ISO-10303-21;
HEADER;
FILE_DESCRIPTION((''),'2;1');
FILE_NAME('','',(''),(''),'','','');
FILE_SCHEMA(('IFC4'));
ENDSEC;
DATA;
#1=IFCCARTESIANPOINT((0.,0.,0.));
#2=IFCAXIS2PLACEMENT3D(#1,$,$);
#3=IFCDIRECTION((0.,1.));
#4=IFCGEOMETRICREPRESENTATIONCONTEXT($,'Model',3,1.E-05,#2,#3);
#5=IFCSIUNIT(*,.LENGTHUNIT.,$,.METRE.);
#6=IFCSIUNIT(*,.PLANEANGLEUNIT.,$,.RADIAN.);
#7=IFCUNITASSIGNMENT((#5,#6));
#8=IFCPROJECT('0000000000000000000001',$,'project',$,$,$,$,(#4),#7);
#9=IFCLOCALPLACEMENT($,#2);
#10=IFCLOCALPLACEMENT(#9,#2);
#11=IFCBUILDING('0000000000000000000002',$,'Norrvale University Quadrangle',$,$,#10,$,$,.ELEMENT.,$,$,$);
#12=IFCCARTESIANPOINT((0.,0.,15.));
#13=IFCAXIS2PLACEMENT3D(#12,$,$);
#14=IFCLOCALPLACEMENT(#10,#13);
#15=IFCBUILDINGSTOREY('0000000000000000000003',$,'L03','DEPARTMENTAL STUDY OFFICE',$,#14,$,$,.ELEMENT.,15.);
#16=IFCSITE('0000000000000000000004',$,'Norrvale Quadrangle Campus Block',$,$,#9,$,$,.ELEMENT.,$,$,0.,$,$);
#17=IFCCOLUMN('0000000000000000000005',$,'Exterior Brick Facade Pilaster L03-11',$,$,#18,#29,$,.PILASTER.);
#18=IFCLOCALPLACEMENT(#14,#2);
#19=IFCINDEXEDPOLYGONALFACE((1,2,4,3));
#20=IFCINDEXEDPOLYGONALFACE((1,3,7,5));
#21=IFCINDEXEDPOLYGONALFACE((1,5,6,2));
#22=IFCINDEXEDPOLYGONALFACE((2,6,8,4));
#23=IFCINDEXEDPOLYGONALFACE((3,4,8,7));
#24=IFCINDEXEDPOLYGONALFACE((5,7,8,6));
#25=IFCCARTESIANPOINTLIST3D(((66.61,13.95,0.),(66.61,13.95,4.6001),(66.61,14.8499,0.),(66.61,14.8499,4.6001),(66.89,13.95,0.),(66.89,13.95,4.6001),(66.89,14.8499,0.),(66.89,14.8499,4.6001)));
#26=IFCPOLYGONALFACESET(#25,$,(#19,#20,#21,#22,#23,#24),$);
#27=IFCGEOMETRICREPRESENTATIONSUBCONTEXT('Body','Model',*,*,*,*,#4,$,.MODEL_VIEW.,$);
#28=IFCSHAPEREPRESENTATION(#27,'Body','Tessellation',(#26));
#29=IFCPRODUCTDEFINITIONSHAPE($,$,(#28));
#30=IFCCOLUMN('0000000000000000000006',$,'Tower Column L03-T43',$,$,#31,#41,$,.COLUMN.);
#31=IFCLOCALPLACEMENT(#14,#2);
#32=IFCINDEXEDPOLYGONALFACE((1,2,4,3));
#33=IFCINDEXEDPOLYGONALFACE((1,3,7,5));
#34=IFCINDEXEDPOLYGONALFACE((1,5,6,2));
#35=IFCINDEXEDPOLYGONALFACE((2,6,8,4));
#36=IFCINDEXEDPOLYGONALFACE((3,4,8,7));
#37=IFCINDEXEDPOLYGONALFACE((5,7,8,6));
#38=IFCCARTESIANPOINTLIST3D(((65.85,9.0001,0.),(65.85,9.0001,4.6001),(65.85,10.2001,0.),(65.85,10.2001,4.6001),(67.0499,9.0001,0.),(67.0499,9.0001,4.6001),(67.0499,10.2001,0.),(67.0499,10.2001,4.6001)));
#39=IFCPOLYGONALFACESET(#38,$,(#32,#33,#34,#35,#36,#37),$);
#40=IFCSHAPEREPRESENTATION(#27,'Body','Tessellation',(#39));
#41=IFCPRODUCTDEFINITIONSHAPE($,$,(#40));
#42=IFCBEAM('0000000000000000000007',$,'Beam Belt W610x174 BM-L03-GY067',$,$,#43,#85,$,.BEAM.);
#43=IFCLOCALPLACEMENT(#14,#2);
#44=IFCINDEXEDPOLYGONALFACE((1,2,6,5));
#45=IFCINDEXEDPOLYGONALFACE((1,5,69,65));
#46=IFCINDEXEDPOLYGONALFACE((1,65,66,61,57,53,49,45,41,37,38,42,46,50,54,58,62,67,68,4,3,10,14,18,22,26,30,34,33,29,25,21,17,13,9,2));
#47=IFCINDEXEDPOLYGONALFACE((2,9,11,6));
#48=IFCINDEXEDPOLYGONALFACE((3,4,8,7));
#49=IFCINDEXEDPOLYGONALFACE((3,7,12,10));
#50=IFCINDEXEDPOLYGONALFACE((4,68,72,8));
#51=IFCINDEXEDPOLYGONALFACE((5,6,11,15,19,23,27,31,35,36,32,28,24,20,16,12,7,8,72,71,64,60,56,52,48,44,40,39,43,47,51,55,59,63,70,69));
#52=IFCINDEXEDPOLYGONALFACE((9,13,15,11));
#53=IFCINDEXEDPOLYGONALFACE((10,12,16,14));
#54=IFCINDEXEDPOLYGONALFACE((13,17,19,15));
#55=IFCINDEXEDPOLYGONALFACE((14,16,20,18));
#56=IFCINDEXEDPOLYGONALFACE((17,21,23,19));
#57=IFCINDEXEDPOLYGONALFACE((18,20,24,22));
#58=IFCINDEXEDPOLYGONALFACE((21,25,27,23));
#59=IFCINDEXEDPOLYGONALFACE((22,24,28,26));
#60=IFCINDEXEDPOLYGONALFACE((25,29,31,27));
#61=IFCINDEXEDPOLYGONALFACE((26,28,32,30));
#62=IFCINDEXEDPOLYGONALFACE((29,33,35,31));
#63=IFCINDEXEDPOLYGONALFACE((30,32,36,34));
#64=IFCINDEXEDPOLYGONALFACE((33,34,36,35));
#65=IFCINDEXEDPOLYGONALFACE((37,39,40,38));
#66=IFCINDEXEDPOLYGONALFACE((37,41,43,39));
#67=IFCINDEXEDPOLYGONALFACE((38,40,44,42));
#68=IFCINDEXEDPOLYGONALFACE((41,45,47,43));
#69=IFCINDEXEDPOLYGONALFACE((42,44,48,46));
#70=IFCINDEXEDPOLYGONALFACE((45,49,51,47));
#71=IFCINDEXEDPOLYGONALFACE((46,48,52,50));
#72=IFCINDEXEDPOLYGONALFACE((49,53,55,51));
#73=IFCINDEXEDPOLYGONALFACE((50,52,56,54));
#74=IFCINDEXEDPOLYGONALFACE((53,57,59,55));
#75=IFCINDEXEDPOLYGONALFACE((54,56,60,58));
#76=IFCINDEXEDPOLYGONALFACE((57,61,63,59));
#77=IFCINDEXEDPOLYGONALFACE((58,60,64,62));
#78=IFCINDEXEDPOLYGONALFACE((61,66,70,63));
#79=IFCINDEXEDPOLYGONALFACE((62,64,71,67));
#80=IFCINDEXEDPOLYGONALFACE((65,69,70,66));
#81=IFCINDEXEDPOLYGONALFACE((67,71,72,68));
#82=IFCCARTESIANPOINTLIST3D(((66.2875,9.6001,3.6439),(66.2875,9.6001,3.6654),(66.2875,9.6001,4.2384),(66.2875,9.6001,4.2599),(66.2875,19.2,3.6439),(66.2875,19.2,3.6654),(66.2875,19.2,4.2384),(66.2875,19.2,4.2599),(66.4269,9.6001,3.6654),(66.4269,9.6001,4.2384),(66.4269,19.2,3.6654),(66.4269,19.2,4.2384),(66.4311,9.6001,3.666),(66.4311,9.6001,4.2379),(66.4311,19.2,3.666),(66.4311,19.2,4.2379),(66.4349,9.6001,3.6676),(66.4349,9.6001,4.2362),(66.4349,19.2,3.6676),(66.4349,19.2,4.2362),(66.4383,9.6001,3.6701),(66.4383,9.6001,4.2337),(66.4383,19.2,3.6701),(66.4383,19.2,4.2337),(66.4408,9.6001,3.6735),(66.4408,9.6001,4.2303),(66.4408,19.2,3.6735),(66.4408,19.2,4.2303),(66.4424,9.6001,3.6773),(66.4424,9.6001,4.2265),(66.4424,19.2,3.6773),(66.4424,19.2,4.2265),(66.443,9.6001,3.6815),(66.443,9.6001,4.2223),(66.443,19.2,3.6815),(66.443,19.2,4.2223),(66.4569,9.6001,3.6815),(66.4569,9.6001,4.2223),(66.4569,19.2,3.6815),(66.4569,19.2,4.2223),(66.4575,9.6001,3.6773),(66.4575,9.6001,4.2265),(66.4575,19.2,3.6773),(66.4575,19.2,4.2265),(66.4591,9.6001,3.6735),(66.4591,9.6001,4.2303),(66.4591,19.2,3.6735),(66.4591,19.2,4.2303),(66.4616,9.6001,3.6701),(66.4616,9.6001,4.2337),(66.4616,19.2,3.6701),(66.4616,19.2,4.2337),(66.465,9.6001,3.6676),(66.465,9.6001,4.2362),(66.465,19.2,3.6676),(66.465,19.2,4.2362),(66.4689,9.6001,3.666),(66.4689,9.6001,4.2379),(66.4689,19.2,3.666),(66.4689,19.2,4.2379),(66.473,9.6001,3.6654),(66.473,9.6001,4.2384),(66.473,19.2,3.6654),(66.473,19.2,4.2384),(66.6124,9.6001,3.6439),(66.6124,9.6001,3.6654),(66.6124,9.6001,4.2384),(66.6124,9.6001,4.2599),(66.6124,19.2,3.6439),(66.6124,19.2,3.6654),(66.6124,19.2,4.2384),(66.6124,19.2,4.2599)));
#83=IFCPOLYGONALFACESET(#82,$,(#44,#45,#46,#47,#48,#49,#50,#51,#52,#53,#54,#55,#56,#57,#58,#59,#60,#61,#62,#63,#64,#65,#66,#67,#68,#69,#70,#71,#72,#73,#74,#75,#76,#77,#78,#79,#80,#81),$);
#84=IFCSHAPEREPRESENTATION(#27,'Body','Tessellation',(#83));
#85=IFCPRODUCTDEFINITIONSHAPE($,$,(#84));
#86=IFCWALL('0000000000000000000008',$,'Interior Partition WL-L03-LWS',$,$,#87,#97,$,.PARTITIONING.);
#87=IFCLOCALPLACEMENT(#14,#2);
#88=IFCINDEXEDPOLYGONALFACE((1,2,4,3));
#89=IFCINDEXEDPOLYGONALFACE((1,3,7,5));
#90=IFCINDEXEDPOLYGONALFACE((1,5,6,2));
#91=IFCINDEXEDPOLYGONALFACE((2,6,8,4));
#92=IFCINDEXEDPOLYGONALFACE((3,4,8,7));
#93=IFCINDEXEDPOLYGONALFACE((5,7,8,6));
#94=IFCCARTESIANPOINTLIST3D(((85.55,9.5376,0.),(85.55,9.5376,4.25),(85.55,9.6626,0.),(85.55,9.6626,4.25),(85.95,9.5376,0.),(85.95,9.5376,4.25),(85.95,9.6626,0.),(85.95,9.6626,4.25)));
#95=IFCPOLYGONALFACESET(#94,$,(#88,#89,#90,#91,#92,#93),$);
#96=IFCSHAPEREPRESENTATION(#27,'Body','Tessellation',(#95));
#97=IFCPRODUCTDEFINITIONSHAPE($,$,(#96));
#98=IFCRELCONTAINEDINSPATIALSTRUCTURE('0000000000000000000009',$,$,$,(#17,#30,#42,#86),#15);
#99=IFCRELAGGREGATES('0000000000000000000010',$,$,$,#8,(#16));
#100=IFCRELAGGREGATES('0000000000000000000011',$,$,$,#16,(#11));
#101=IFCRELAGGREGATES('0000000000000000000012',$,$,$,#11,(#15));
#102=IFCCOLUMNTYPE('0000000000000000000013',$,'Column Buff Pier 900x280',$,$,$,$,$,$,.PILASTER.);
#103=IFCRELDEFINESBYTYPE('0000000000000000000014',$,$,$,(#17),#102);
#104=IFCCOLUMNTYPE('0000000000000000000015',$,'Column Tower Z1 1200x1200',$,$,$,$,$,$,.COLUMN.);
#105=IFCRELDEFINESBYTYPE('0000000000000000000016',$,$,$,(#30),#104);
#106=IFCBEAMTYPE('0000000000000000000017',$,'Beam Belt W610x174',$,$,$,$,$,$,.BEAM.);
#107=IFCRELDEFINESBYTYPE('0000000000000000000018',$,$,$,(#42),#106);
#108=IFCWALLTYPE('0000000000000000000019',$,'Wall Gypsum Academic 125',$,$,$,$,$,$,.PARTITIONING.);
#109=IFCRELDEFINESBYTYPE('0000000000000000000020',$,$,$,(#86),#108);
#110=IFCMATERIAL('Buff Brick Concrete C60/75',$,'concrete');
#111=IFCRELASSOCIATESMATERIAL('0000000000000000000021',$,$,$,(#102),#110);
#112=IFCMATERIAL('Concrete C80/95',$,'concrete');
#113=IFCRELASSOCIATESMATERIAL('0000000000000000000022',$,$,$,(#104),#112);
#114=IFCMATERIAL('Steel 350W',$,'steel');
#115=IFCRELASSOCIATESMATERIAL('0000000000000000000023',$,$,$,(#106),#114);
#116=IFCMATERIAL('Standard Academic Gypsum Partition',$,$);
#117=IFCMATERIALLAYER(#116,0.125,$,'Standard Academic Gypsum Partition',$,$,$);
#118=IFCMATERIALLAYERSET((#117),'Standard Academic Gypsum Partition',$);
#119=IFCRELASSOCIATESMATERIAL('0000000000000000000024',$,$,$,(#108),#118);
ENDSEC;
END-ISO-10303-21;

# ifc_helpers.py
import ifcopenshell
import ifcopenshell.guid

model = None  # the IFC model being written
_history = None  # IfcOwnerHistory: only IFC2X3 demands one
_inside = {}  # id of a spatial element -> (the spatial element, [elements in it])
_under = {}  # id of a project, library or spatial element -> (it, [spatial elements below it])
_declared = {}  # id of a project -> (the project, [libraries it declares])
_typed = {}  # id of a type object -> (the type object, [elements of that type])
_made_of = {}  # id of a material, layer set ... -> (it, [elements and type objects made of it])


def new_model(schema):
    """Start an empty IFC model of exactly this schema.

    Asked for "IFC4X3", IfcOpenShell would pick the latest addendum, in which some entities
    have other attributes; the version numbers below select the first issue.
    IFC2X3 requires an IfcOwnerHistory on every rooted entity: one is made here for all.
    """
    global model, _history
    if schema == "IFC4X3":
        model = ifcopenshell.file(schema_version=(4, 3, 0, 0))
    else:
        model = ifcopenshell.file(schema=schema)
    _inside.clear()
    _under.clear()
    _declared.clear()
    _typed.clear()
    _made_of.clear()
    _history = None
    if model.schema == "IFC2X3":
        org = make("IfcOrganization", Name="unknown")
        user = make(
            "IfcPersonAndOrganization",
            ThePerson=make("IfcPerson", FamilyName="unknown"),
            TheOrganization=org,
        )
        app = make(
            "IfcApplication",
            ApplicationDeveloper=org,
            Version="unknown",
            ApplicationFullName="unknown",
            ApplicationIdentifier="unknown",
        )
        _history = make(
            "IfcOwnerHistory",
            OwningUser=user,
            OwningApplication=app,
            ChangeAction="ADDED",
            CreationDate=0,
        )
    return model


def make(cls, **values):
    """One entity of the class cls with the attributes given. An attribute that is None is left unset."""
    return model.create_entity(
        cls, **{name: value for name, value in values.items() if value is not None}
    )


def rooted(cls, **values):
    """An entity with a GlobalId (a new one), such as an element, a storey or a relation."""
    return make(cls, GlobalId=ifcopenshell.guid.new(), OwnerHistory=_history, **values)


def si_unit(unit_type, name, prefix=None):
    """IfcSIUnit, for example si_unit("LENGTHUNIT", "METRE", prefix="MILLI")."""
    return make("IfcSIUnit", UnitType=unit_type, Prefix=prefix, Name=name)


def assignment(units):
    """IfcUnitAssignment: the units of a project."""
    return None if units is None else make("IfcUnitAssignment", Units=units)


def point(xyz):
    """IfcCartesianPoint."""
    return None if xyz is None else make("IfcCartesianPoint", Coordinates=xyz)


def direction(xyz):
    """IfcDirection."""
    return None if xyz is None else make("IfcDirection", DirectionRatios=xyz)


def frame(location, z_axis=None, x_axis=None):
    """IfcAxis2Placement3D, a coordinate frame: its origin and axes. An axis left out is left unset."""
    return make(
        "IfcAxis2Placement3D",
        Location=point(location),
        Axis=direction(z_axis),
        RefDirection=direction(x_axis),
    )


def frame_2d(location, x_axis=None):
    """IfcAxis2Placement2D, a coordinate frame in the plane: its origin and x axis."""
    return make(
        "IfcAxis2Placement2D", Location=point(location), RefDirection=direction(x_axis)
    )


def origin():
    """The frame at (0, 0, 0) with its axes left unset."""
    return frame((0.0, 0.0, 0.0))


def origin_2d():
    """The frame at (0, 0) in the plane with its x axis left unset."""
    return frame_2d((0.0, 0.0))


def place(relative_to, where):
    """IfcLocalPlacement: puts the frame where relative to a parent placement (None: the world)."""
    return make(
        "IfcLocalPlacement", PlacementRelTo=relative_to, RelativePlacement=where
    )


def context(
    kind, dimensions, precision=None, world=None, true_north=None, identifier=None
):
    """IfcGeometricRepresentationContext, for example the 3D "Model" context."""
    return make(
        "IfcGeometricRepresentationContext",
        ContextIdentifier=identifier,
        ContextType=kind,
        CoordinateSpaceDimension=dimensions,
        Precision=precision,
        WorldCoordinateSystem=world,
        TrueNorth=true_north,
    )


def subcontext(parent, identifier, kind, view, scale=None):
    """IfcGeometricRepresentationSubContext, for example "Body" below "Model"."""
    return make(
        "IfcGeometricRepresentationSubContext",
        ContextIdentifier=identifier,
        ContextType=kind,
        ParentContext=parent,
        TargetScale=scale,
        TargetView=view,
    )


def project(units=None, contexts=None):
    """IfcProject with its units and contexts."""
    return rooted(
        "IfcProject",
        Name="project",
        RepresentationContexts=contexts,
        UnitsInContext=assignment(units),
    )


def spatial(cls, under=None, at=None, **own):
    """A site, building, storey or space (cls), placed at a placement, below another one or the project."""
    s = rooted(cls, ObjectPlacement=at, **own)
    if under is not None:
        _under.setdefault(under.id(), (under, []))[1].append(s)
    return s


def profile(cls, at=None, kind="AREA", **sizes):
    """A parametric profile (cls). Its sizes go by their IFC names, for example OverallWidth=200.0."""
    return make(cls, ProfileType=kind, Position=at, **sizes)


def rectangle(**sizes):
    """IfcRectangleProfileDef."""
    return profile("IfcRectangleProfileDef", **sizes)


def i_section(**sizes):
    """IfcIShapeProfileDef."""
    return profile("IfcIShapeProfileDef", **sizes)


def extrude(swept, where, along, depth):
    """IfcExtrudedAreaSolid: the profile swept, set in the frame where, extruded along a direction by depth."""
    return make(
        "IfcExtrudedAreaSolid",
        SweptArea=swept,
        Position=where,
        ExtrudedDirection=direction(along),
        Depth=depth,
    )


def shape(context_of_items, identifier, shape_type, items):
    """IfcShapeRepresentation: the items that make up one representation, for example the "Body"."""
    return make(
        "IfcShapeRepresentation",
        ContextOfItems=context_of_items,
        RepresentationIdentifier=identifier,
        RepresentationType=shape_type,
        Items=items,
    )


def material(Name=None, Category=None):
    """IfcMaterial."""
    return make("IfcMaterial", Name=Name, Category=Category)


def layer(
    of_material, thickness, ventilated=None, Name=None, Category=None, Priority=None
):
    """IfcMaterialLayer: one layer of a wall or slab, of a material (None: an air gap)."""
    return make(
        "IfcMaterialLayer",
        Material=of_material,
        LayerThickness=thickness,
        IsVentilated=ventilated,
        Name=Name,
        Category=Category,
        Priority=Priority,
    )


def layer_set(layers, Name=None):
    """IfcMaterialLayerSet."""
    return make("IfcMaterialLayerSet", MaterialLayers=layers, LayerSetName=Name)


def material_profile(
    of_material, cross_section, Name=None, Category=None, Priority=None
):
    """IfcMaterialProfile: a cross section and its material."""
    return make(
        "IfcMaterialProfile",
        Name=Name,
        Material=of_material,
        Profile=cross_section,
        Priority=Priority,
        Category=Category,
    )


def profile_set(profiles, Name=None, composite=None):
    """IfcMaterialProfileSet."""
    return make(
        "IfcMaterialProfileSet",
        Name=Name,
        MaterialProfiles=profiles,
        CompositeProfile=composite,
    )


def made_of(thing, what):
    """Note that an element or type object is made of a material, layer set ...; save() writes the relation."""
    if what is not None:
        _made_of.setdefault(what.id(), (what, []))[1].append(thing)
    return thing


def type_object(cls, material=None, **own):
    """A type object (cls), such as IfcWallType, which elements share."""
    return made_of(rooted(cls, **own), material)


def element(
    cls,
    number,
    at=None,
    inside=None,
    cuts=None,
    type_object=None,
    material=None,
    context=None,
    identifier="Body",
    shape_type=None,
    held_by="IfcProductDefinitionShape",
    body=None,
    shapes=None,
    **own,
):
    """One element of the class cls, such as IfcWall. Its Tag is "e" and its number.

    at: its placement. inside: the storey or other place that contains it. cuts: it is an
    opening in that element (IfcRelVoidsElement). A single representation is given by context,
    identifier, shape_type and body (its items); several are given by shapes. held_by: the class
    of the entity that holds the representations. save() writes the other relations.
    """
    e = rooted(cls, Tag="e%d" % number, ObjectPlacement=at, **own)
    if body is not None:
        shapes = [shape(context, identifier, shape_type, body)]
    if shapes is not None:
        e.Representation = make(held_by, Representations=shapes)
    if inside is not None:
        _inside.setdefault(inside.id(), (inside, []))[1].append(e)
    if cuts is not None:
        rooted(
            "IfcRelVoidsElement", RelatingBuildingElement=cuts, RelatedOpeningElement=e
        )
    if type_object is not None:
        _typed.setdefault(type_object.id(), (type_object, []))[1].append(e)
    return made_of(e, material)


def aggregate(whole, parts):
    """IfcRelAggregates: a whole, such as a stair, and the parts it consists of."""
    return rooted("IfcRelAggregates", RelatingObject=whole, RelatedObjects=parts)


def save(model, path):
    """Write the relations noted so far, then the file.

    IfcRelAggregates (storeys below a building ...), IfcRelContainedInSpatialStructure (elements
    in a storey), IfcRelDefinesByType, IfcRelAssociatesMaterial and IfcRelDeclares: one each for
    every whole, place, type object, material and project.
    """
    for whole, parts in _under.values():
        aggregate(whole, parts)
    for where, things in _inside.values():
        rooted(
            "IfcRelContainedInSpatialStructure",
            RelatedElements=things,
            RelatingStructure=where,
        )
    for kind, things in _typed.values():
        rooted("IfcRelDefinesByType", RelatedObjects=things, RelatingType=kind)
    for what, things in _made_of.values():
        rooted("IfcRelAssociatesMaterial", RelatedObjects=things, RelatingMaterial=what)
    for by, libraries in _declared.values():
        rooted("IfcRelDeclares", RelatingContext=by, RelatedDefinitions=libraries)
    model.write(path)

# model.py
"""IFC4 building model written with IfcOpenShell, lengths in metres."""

from ifc_helpers import new_model, si_unit, direction, frame, frame_2d, origin, origin_2d, place, context, subcontext, project, spatial, rectangle, i_section, extrude, material, layer, layer_set, material_profile, profile_set, type_object, element, save


model = new_model("IFC4")

# Units and contexts
model_context = context("Model", 3, precision=1e-05, world=origin(), true_north=direction((0.0, 1.0)))
body_context = subcontext(model_context, "Body", "Model", "MODEL_VIEW")
ifc_project = project(units=[si_unit("LENGTHUNIT", "METRE"), si_unit("PLANEANGLEUNIT", "RADIAN")], contexts=[model_context])

# Site, building, storey
site_placement = place(None, origin())
site = spatial("IfcSite", under=ifc_project, at=site_placement, Name="Norrvale Quadrangle Campus Block", CompositionType="ELEMENT", RefElevation=0.0)
building_placement = place(site_placement, origin())
building = spatial("IfcBuilding", under=site, at=building_placement, Name="Norrvale University Quadrangle", CompositionType="ELEMENT")
storey_placement = place(building_placement, frame((0.0, 0.0, 15.0)))
storey = spatial("IfcBuildingStorey", under=building, at=storey_placement, Name="L03", Description="DEPARTMENTAL STUDY OFFICE", CompositionType="ELEMENT", Elevation=15.0)

# Columns
ifc_material_1 = material(Name="Buff Brick Concrete C60/75", Category="concrete")
ifc_material_profile_1 = material_profile(ifc_material_1, rectangle(XDim=0.8999, YDim=0.28, at=origin_2d()), Name="Buff Brick Concrete C60/75")
ifc_profile_set_1 = profile_set([ifc_material_profile_1], Name="Buff Brick Concrete C60/75")
column_type_1 = type_object("IfcColumnType", Name="Column Buff Pier 900x280", PredefinedType="PILASTER", material=ifc_profile_set_1)
column_1_placement = place(storey_placement, frame((66.75, 14.3999, 0.0), z_axis=(0.0, 0.0, 1.0), x_axis=(0.0, 1.0, 0.0)))
element("IfcColumn", 1, at=column_1_placement, inside=storey, type_object=column_type_1, Name="Exterior Brick Facade Pilaster L03-11", PredefinedType="PILASTER", context=body_context, shape_type="SweptSolid", body=[
    extrude(rectangle(XDim=0.8999, YDim=0.28, at=origin_2d()), origin(), (0.0, 0.0, 1.0), 4.6001),
])
ifc_material_2 = material(Name="Concrete C80/95", Category="concrete")
ifc_material_profile_2 = material_profile(ifc_material_2, rectangle(XDim=1.2, YDim=1.2, at=origin_2d()), Name="Concrete C80/95")
ifc_profile_set_2 = profile_set([ifc_material_profile_2], Name="Concrete C80/95")
column_type_2 = type_object("IfcColumnType", Name="Column Tower Z1 1200x1200", PredefinedType="COLUMN", material=ifc_profile_set_2)
column_2_placement = place(storey_placement, frame((66.45, 9.6001, 0.0), z_axis=(0.0, 0.0, 1.0), x_axis=(1.0, 0.0, 0.0)))
element("IfcColumn", 2, at=column_2_placement, inside=storey, type_object=column_type_2, Name="Tower Column L03-T43", PredefinedType="COLUMN", context=body_context, shape_type="SweptSolid", body=[
    extrude(rectangle(XDim=1.2, YDim=1.2, at=origin_2d()), origin(), (0.0, 0.0, 1.0), 4.6001),
])

# Beam
ifc_material_3 = material(Name="Steel 350W", Category="steel")
ifc_material_profile_3 = material_profile(ifc_material_3, i_section(OverallWidth=0.325, OverallDepth=0.616, WebThickness=0.0139, FlangeThickness=0.0215, FilletRadius=0.0161, at=origin_2d()), Name="Steel 350W")
ifc_profile_set_3 = profile_set([ifc_material_profile_3], Name="Steel 350W")
beam_type = type_object("IfcBeamType", Name="Beam Belt W610x174", PredefinedType="BEAM", material=ifc_profile_set_3)
beam_placement = place(storey_placement, frame((66.45, 9.6001, 3.9519), z_axis=(0.0, 1.0, 0.0), x_axis=(-1.0, 0.0, 0.0)))
element("IfcBeam", 3, at=beam_placement, inside=storey, type_object=beam_type, Name="Beam Belt W610x174 BM-L03-GY067", PredefinedType="BEAM", context=body_context, shape_type="SweptSolid", body=[
    extrude(i_section(OverallWidth=0.325, OverallDepth=0.616, WebThickness=0.0139, FlangeThickness=0.0215, FilletRadius=0.0161, at=origin_2d()), origin(), (0.0, 0.0, 1.0), 9.5999),
])

# Wall
ifc_material_4 = material(Name="Standard Academic Gypsum Partition")
ifc_layer_1 = layer(ifc_material_4, 0.125, Name="Standard Academic Gypsum Partition")
ifc_layer_set_1 = layer_set([ifc_layer_1], Name="Standard Academic Gypsum Partition")
wall_type_1 = type_object("IfcWallType", Name="Wall Gypsum Academic 125", PredefinedType="PARTITIONING", material=ifc_layer_set_1)
wall_1_placement = place(storey_placement, frame((85.55, 9.6001, 0.0), z_axis=(0.0, 0.0, 1.0), x_axis=(1.0, 0.0, 0.0)))
element("IfcWall", 4, at=wall_1_placement, inside=storey, type_object=wall_type_1, Name="Interior Partition WL-L03-LWS", PredefinedType="PARTITIONING", context=body_context, shape_type="SweptSolid", body=[
    extrude(rectangle(XDim=0.3999, YDim=0.125, at=frame_2d((0.2, 0.0))), origin(), (0.0, 0.0, 1.0), 4.25),
])

save(model, "model.ifc")
